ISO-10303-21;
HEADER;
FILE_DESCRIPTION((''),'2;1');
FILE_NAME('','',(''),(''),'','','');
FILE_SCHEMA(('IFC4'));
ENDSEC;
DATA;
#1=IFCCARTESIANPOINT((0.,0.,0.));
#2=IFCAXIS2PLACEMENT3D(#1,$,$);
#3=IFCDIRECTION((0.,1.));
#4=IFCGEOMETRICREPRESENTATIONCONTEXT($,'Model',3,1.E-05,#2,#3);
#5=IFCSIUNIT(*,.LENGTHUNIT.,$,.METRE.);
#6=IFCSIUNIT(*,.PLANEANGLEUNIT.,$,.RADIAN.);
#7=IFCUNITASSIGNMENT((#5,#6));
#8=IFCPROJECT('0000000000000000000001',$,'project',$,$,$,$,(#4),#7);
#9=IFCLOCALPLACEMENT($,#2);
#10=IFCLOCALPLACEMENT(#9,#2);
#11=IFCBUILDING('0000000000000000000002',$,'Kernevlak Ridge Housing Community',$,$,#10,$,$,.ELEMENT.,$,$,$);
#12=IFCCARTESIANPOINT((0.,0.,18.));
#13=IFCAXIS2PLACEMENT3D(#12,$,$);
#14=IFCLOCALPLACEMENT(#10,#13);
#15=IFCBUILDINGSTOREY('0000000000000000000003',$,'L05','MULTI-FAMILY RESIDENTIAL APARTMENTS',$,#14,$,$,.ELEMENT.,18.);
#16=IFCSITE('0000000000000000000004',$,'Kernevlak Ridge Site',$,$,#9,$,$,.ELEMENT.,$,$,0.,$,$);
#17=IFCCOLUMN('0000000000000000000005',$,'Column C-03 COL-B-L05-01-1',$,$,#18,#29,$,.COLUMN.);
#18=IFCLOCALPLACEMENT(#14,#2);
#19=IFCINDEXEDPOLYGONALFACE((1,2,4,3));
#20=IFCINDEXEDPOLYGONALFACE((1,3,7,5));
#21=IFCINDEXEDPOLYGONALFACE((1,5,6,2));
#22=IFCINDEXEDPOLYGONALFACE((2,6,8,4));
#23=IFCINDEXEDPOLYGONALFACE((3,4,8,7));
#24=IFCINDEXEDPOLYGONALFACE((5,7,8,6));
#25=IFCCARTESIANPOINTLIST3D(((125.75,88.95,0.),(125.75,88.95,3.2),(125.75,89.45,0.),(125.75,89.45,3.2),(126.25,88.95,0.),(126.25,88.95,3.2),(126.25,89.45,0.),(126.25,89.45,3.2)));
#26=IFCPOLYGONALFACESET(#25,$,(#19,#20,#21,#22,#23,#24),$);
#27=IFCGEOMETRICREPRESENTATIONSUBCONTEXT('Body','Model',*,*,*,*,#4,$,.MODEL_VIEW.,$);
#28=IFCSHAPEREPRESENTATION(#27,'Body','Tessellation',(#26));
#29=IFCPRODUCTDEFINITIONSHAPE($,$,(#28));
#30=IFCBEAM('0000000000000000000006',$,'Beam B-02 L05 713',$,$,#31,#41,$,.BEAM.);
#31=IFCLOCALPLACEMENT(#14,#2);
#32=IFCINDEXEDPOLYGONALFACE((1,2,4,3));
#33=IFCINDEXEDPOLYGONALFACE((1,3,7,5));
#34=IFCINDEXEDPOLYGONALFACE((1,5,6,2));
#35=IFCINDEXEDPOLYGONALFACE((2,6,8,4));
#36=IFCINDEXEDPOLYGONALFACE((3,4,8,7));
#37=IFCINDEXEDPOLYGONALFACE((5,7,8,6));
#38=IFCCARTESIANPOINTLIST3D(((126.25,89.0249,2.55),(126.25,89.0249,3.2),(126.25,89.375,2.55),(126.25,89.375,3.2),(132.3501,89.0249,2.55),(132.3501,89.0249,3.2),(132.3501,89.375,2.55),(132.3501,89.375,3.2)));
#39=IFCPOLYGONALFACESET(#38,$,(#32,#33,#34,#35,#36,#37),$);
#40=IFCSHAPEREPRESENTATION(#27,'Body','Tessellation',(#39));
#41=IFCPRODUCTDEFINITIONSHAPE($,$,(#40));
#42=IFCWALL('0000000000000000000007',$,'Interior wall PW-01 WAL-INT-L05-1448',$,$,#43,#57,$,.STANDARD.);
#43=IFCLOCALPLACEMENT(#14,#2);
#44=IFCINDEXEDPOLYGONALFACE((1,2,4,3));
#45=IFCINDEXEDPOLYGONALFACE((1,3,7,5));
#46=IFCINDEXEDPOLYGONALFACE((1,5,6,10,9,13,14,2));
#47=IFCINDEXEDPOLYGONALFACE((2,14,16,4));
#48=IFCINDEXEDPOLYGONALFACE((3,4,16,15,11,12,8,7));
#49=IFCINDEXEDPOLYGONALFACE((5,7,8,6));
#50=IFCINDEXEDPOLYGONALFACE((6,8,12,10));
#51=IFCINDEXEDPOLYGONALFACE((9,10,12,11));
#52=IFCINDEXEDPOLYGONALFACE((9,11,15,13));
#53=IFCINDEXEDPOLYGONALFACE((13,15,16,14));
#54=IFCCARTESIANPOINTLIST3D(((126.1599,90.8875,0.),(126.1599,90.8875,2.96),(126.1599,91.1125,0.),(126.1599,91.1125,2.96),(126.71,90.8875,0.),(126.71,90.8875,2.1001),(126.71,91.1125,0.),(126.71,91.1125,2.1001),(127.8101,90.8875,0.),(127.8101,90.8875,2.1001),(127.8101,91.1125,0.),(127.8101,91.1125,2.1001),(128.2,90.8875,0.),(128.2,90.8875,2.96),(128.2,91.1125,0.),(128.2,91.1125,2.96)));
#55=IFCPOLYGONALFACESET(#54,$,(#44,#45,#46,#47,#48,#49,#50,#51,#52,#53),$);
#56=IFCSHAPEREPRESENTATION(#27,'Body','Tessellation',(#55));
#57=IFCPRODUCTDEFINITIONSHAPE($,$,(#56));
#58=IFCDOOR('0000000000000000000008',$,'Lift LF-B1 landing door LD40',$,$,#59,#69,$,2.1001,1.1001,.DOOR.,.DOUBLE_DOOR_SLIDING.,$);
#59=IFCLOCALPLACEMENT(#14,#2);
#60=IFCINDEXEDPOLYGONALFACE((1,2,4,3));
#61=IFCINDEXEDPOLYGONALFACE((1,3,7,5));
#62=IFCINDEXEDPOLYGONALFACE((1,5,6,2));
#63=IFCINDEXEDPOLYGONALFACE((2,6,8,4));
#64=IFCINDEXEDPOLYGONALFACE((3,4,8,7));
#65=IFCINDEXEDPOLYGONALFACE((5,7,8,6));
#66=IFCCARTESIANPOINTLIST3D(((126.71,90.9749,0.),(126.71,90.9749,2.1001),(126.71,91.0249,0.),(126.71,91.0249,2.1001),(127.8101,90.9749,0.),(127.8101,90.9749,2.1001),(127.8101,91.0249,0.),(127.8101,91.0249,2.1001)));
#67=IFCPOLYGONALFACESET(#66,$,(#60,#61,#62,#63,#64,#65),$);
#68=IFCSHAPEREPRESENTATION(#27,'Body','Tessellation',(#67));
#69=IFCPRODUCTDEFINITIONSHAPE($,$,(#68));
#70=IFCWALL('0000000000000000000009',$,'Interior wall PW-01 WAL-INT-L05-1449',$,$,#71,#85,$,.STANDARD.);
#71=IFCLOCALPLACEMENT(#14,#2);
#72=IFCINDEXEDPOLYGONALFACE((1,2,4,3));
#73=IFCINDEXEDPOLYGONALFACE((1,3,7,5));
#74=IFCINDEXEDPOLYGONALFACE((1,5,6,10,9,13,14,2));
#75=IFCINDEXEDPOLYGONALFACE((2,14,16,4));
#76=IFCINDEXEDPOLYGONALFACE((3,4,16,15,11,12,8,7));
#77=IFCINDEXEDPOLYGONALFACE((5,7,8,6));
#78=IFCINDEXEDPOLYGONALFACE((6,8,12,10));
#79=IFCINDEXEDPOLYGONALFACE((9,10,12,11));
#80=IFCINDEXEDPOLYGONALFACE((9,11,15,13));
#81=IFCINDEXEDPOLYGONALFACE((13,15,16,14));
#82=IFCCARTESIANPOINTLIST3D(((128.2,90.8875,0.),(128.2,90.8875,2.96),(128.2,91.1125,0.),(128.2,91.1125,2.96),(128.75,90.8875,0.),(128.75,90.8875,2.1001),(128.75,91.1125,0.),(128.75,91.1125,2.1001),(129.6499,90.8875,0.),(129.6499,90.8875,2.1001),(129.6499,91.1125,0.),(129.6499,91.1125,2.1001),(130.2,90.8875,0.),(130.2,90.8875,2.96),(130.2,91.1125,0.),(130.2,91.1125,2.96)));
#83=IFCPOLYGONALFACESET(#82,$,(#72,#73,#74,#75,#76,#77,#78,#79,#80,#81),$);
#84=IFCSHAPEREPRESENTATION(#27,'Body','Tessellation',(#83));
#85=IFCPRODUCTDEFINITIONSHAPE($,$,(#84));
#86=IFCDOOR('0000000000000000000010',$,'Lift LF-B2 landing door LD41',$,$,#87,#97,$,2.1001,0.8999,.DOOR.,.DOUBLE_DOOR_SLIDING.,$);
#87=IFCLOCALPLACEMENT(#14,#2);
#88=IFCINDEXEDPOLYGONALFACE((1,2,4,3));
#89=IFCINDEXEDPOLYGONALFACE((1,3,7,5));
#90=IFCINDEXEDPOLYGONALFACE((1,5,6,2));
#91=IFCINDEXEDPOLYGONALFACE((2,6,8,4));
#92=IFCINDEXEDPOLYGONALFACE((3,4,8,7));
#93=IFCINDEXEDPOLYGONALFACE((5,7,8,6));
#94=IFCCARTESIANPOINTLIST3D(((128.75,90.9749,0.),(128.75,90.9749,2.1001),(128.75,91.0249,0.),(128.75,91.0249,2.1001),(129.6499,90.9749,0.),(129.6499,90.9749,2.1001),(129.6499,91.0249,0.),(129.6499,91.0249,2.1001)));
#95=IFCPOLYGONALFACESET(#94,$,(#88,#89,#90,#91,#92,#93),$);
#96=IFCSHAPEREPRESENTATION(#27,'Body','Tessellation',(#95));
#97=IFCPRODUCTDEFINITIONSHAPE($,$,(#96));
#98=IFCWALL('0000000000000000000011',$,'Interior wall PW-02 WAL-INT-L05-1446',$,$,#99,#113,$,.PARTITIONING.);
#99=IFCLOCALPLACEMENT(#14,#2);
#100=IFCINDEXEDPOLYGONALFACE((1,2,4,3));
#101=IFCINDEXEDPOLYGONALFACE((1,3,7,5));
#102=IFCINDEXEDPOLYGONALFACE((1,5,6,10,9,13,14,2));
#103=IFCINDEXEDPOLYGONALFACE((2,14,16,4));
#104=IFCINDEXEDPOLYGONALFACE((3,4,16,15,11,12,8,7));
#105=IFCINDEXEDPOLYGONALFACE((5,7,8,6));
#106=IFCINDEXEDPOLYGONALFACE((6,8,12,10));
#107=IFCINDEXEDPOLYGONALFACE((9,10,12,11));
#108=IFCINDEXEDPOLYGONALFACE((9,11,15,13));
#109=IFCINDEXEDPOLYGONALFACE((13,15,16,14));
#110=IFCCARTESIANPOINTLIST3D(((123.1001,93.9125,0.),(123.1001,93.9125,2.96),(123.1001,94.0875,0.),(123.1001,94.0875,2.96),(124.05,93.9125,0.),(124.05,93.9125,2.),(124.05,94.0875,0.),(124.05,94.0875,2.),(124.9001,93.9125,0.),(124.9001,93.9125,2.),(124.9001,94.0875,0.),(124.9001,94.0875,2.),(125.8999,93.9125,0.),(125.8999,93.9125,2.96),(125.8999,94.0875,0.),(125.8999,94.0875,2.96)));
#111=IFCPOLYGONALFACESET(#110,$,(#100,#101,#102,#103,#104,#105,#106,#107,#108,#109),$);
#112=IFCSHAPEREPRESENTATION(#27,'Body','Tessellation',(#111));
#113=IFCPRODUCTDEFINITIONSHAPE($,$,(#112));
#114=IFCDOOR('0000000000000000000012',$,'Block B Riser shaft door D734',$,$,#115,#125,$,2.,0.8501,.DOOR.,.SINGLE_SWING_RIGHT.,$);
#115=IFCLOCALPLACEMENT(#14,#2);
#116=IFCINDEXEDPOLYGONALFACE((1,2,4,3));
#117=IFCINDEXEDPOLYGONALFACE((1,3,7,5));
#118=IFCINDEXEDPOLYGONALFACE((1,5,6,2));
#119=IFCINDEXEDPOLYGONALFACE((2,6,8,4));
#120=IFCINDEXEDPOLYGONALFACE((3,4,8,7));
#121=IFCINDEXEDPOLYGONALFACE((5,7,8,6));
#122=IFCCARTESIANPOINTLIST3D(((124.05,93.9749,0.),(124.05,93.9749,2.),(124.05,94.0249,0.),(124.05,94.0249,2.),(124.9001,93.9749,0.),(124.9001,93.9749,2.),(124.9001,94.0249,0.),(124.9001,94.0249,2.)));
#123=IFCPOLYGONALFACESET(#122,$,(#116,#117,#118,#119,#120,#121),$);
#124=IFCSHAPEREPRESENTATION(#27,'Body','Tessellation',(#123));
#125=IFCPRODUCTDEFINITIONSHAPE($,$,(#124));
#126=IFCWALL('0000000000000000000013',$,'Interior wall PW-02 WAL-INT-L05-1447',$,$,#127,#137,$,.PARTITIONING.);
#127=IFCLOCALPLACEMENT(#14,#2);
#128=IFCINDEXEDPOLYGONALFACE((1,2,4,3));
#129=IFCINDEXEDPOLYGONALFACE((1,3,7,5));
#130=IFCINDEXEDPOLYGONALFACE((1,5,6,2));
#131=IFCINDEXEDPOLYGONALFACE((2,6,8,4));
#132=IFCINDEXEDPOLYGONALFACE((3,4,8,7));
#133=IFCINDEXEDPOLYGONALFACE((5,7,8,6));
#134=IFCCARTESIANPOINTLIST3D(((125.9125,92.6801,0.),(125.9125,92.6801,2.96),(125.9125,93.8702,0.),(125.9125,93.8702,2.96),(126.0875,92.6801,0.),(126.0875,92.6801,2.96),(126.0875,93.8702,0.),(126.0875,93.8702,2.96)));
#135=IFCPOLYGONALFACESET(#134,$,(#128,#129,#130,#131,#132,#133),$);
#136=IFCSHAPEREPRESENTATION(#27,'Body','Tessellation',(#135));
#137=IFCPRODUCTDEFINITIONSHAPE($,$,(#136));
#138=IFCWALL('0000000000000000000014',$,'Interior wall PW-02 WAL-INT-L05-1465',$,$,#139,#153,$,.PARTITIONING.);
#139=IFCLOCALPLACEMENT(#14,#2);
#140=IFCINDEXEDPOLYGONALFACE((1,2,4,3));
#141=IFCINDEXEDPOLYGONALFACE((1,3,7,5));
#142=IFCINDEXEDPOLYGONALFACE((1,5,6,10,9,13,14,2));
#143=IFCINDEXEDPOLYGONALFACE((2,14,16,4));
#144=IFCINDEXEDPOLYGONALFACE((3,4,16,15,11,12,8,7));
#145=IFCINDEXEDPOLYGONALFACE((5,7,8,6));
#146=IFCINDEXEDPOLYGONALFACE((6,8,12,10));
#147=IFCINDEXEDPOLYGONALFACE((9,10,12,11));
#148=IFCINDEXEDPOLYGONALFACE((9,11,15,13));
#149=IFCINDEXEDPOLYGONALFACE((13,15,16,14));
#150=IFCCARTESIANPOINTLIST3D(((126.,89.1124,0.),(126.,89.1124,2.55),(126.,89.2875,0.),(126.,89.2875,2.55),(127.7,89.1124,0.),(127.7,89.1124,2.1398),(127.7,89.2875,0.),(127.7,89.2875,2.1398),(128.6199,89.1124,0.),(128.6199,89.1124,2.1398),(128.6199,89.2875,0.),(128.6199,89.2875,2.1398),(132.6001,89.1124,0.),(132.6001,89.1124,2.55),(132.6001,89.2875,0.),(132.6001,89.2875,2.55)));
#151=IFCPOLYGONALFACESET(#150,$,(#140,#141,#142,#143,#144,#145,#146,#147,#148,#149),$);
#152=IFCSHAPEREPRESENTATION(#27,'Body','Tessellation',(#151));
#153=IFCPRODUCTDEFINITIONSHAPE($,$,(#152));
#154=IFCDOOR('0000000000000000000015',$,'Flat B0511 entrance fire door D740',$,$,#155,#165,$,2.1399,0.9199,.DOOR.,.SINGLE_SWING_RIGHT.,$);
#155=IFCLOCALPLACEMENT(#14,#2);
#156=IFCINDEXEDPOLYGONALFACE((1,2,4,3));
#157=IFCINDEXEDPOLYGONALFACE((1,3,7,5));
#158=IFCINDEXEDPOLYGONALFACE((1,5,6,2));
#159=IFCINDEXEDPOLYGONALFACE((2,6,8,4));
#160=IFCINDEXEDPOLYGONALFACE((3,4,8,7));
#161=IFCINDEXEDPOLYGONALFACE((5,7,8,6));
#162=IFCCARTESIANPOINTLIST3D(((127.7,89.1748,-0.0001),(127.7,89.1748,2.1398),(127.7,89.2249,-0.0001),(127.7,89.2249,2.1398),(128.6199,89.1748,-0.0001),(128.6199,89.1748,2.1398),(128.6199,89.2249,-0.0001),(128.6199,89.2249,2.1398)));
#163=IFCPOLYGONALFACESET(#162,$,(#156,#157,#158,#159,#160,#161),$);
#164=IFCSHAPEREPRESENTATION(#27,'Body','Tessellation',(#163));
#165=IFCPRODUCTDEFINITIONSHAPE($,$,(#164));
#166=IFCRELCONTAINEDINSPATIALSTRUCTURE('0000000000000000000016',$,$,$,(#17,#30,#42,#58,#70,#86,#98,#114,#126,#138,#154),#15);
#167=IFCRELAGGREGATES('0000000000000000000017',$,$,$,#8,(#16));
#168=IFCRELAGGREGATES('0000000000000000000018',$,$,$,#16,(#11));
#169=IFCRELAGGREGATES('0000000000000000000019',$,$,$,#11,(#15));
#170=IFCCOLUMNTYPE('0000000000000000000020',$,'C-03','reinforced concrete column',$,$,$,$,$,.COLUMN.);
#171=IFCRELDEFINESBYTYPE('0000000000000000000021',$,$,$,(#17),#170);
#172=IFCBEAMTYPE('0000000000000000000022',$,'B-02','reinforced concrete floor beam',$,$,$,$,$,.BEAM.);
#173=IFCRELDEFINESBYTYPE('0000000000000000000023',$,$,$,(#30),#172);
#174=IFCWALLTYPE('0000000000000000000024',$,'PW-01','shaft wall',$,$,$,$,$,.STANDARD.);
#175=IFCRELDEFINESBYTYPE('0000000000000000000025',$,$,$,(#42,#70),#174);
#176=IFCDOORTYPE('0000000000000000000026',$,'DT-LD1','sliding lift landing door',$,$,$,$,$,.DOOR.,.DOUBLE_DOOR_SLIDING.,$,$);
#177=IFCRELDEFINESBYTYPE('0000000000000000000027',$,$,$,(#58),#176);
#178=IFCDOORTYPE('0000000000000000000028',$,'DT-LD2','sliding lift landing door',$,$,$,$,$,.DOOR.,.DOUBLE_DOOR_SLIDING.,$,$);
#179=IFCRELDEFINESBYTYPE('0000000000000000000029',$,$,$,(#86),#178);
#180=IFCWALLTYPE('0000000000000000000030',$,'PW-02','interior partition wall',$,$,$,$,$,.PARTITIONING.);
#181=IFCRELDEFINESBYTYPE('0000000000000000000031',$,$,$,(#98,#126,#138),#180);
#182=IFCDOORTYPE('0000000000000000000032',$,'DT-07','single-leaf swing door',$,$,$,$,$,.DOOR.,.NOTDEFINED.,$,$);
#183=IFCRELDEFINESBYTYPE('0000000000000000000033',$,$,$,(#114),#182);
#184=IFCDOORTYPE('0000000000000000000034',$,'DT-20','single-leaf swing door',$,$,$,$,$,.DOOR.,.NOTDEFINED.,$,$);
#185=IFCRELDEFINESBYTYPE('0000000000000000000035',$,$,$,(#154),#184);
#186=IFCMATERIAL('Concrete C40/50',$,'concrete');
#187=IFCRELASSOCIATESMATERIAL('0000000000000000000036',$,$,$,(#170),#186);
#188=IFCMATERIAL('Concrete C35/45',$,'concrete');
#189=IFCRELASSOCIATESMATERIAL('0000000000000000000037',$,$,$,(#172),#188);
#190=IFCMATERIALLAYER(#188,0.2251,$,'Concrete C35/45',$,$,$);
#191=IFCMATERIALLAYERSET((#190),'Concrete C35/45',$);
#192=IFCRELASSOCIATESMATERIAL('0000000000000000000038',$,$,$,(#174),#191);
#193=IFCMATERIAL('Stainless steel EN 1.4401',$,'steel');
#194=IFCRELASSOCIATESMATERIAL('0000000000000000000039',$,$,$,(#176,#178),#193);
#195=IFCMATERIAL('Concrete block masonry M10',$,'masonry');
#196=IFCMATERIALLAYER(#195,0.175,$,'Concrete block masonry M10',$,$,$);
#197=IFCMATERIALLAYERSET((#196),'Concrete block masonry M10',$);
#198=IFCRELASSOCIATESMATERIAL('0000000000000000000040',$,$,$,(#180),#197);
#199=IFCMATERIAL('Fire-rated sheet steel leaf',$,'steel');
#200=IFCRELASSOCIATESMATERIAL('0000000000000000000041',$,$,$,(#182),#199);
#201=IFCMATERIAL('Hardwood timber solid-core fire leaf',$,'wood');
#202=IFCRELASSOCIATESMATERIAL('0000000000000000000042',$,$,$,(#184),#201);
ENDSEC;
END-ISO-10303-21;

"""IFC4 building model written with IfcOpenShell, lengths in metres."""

from ifc_helpers import new_model, si_unit, direction, frame, frame_2d, origin, origin_2d, place, context, subcontext, project, spatial, rectangle, extrude, material, layer, layer_set, material_profile, profile_set, type_object, element, fill, save


model = new_model("IFC4")

# Units and contexts
model_context = context("Model", 3, precision=1e-05, world=origin(), true_north=direction((0.0, 1.0)))
body_context = subcontext(model_context, "Body", "Model", "MODEL_VIEW")
ifc_project = project(units=[si_unit("LENGTHUNIT", "METRE"), si_unit("PLANEANGLEUNIT", "RADIAN")], contexts=[model_context])

# Site, building, storey
site_placement = place(None, origin())
site = spatial("IfcSite", under=ifc_project, at=site_placement, Name="Kernevlak Ridge Site", CompositionType="ELEMENT", RefElevation=0.0)
building_placement = place(site_placement, origin())
building = spatial("IfcBuilding", under=site, at=building_placement, Name="Kernevlak Ridge Housing Community", CompositionType="ELEMENT")
storey_placement = place(building_placement, frame((0.0, 0.0, 18.0)))
storey = spatial("IfcBuildingStorey", under=building, at=storey_placement, Name="L05", Description="MULTI-FAMILY RESIDENTIAL APARTMENTS", CompositionType="ELEMENT", Elevation=18.0)

# Column
ifc_material_1 = material(Name="Concrete C40/50", Category="concrete")
ifc_material_profile_1 = material_profile(ifc_material_1, rectangle(XDim=0.5, YDim=0.5, at=origin_2d()), Name="RC 500x500")
ifc_profile_set_1 = profile_set([ifc_material_profile_1], Name="Concrete C40/50")
column_type = type_object("IfcColumnType", Name="C-03", Description="reinforced concrete column", PredefinedType="COLUMN", material=ifc_profile_set_1)
column_placement = place(storey_placement, frame((126.0, 89.2, 0.0), z_axis=(0.0, 0.0, 1.0), x_axis=(1.0, 0.0, 0.0)))
element("IfcColumn", 1, at=column_placement, inside=storey, type_object=column_type, Name="Column C-03 COL-B-L05-01-1", PredefinedType="COLUMN", context=body_context, shape_type="SweptSolid", body=[
    extrude(rectangle(XDim=0.5, YDim=0.5, at=origin_2d()), origin(), (0.0, 0.0, 1.0), 3.2),
])

# Beam
ifc_material_2 = material(Name="Concrete C35/45", Category="concrete")
ifc_material_profile_2 = material_profile(ifc_material_2, rectangle(XDim=0.3501, YDim=0.6499, at=origin_2d()), Name="RC 350x650")
ifc_profile_set_2 = profile_set([ifc_material_profile_2], Name="Concrete C35/45")
beam_type = type_object("IfcBeamType", Name="B-02", Description="reinforced concrete floor beam", PredefinedType="BEAM", material=ifc_profile_set_2)
beam_placement = place(storey_placement, frame((126.25, 89.2, 2.875), z_axis=(1.0, 0.0, 0.0), x_axis=(0.0, 1.0, 0.0)))
element("IfcBeam", 2, at=beam_placement, inside=storey, type_object=beam_type, Name="Beam B-02 L05 713", PredefinedType="BEAM", context=body_context, shape_type="SweptSolid", body=[
    extrude(rectangle(XDim=0.3501, YDim=0.6499, at=origin_2d()), origin(), (0.0, 0.0, 1.0), 6.1001),
])

# Walls, openings, doors
ifc_layer_1 = layer(ifc_material_2, 0.2251, Name="Concrete C35/45")
ifc_layer_set_1 = layer_set([ifc_layer_1], Name="Concrete C35/45")
wall_type_1 = type_object("IfcWallType", Name="PW-01", Description="shaft wall", PredefinedType="STANDARD", material=ifc_layer_set_1)
wall_1_placement = place(storey_placement, frame((126.1599, 91.0, 0.0), z_axis=(0.0, 0.0, 1.0), x_axis=(1.0, 0.0, 0.0)))
wall_1 = element("IfcWall", 3, at=wall_1_placement, inside=storey, type_object=wall_type_1, Name="Interior wall PW-01 WAL-INT-L05-1448", PredefinedType="STANDARD", context=body_context, shape_type="SweptSolid", body=[
    extrude(rectangle(XDim=2.04, YDim=0.2251, at=frame_2d((1.02, 0.0))), origin(), (0.0, 0.0, 1.0), 2.96),
])
opening_1_placement = place(wall_1_placement, frame((0.55, 0.0, 0.0)))
opening_1 = element("IfcOpeningElement", 4, at=opening_1_placement, cuts=wall_1, PredefinedType="OPENING", context=body_context, shape_type="SweptSolid", body=[
    extrude(rectangle(XDim=1.1001, YDim=2.1001, at=frame_2d((0.55, 1.05))), frame((0.0, 0.1226, 0.0), z_axis=(0.0, -1.0, 0.0), x_axis=(1.0, 0.0, 0.0)), (0.0, 0.0, 1.0), 0.2451),
])
ifc_material_3 = material(Name="Stainless steel EN 1.4401", Category="steel")
door_type_1 = type_object("IfcDoorType", Name="DT-LD1", Description="sliding lift landing door", OperationType="DOUBLE_DOOR_SLIDING", PredefinedType="DOOR", material=ifc_material_3)
door_1_placement = place(opening_1_placement, origin())
door_1 = element("IfcDoor", 5, at=door_1_placement, inside=storey, type_object=door_type_1, Name="Lift LF-B1 landing door LD40", OperationType="DOUBLE_DOOR_SLIDING", OverallHeight=2.1001, OverallWidth=1.1001, PredefinedType="DOOR", context=body_context, shape_type="SweptSolid", body=[
    extrude(rectangle(XDim=1.1001, YDim=2.1001, at=frame_2d((0.55, 1.05))), frame((0.0, 0.0249, 0.0), z_axis=(0.0, -1.0, 0.0), x_axis=(1.0, 0.0, 0.0)), (0.0, 0.0, 1.0), 0.05),
])
fill(opening_1, door_1)
wall_2_placement = place(storey_placement, frame((128.2, 91.0, 0.0), z_axis=(0.0, 0.0, 1.0), x_axis=(1.0, 0.0, 0.0)))
wall_2 = element("IfcWall", 6, at=wall_2_placement, inside=storey, type_object=wall_type_1, Name="Interior wall PW-01 WAL-INT-L05-1449", PredefinedType="STANDARD", context=body_context, shape_type="SweptSolid", body=[
    extrude(rectangle(XDim=2.0, YDim=0.2251, at=frame_2d((1.0, 0.0))), origin(), (0.0, 0.0, 1.0), 2.96),
])
opening_2_placement = place(wall_2_placement, frame((0.55, 0.0, 0.0)))
opening_2 = element("IfcOpeningElement", 7, at=opening_2_placement, cuts=wall_2, PredefinedType="OPENING", context=body_context, shape_type="SweptSolid", body=[
    extrude(rectangle(XDim=0.8999, YDim=2.1001, at=frame_2d((0.45, 1.05))), frame((0.0, 0.1226, 0.0), z_axis=(0.0, -1.0, 0.0), x_axis=(1.0, 0.0, 0.0)), (0.0, 0.0, 1.0), 0.2451),
])
door_type_2 = type_object("IfcDoorType", Name="DT-LD2", Description="sliding lift landing door", OperationType="DOUBLE_DOOR_SLIDING", PredefinedType="DOOR", material=ifc_material_3)
door_2_placement = place(opening_2_placement, origin())
door_2 = element("IfcDoor", 8, at=door_2_placement, inside=storey, type_object=door_type_2, Name="Lift LF-B2 landing door LD41", OperationType="DOUBLE_DOOR_SLIDING", OverallHeight=2.1001, OverallWidth=0.8999, PredefinedType="DOOR", context=body_context, shape_type="SweptSolid", body=[
    extrude(rectangle(XDim=0.8999, YDim=2.1001, at=frame_2d((0.45, 1.05))), frame((0.0, 0.0249, 0.0), z_axis=(0.0, -1.0, 0.0), x_axis=(1.0, 0.0, 0.0)), (0.0, 0.0, 1.0), 0.05),
])
fill(opening_2, door_2)
ifc_material_4 = material(Name="Concrete block masonry M10", Category="masonry")
ifc_layer_2 = layer(ifc_material_4, 0.175, Name="Concrete block masonry M10")
ifc_layer_set_2 = layer_set([ifc_layer_2], Name="Concrete block masonry M10")
wall_type_2 = type_object("IfcWallType", Name="PW-02", Description="interior partition wall", PredefinedType="PARTITIONING", material=ifc_layer_set_2)
wall_3_placement = place(storey_placement, frame((123.1001, 94.0, 0.0), z_axis=(0.0, 0.0, 1.0), x_axis=(1.0, 0.0, 0.0)))
wall_3 = element("IfcWall", 9, at=wall_3_placement, inside=storey, type_object=wall_type_2, Name="Interior wall PW-02 WAL-INT-L05-1446", PredefinedType="PARTITIONING", context=body_context, shape_type="SweptSolid", body=[
    extrude(rectangle(XDim=2.7998, YDim=0.175, at=frame_2d((1.3999, 0.0))), origin(), (0.0, 0.0, 1.0), 2.96),
])
opening_3_placement = place(wall_3_placement, frame((0.95, 0.0, 0.0)))
opening_3 = element("IfcOpeningElement", 10, at=opening_3_placement, cuts=wall_3, PredefinedType="OPENING", context=body_context, shape_type="SweptSolid", body=[
    extrude(rectangle(XDim=0.8501, YDim=2.0, at=frame_2d((0.425, 1.0))), frame((0.0, 0.0974, 0.0), z_axis=(0.0, -1.0, 0.0), x_axis=(1.0, 0.0, 0.0)), (0.0, 0.0, 1.0), 0.1951),
])
ifc_material_5 = material(Name="Fire-rated sheet steel leaf", Category="steel")
door_type_3 = type_object("IfcDoorType", Name="DT-07", Description="single-leaf swing door", OperationType="NOTDEFINED", PredefinedType="DOOR", material=ifc_material_5)
door_3_placement = place(opening_3_placement, origin())
door_3 = element("IfcDoor", 11, at=door_3_placement, inside=storey, type_object=door_type_3, Name="Block B Riser shaft door D734", OperationType="SINGLE_SWING_RIGHT", OverallHeight=2.0, OverallWidth=0.8501, PredefinedType="DOOR", context=body_context, shape_type="SweptSolid", body=[
    extrude(rectangle(XDim=0.8501, YDim=2.0, at=frame_2d((0.425, 1.0))), frame((0.0, 0.0249, 0.0), z_axis=(0.0, -1.0, 0.0), x_axis=(1.0, 0.0, 0.0)), (0.0, 0.0, 1.0), 0.05),
])
fill(opening_3, door_3)

# Wall
wall_4_placement = place(storey_placement, frame((126.0, 92.6799, 0.0), z_axis=(0.0, 0.0, 1.0), x_axis=(0.0, 1.0, 0.0)))
element("IfcWall", 12, at=wall_4_placement, inside=storey, type_object=wall_type_2, Name="Interior wall PW-02 WAL-INT-L05-1447", PredefinedType="PARTITIONING", context=body_context, shape_type="SweptSolid", body=[
    extrude(rectangle(XDim=1.1902, YDim=0.175, at=frame_2d((0.5952, 0.0))), origin(), (0.0, 0.0, 1.0), 2.96),
])

# Wall, opening, door
wall_5_placement = place(storey_placement, frame((126.0, 89.2, 0.0), z_axis=(0.0, 0.0, 1.0), x_axis=(1.0, 0.0, 0.0)))
wall_5 = element("IfcWall", 13, at=wall_5_placement, inside=storey, type_object=wall_type_2, Name="Interior wall PW-02 WAL-INT-L05-1465", PredefinedType="PARTITIONING", context=body_context, shape_type="SweptSolid", body=[
    extrude(rectangle(XDim=6.6001, YDim=0.175, at=frame_2d((3.3, 0.0))), origin(), (0.0, 0.0, 1.0), 2.55),
])
opening_4_placement = place(wall_5_placement, frame((1.7, 0.0, 0.0)))
opening_4 = element("IfcOpeningElement", 14, at=opening_4_placement, cuts=wall_5, PredefinedType="OPENING", context=body_context, shape_type="SweptSolid", body=[
    extrude(rectangle(XDim=0.9199, YDim=2.1399, at=frame_2d((0.46, 1.0698))), frame((0.0, 0.0974, 0.0), z_axis=(0.0, -1.0, 0.0), x_axis=(1.0, 0.0, 0.0)), (0.0, 0.0, 1.0), 0.1951),
])
ifc_material_6 = material(Name="Hardwood timber solid-core fire leaf", Category="wood")
door_type_4 = type_object("IfcDoorType", Name="DT-20", Description="single-leaf swing door", OperationType="NOTDEFINED", PredefinedType="DOOR", material=ifc_material_6)
door_4_placement = place(opening_4_placement, origin())
door_4 = element("IfcDoor", 15, at=door_4_placement, inside=storey, type_object=door_type_4, Name="Flat B0511 entrance fire door D740", OperationType="SINGLE_SWING_RIGHT", OverallHeight=2.1399, OverallWidth=0.9199, PredefinedType="DOOR", context=body_context, shape_type="SweptSolid", body=[
    extrude(rectangle(XDim=0.9199, YDim=2.1399, at=frame_2d((0.46, 1.0698))), frame((0.0, 0.0249, 0.0), z_axis=(0.0, -1.0, 0.0), x_axis=(1.0, 0.0, 0.0)), (0.0, 0.0, 1.0), 0.05),
])
fill(opening_4, door_4)

save(model, "model.ifc")
